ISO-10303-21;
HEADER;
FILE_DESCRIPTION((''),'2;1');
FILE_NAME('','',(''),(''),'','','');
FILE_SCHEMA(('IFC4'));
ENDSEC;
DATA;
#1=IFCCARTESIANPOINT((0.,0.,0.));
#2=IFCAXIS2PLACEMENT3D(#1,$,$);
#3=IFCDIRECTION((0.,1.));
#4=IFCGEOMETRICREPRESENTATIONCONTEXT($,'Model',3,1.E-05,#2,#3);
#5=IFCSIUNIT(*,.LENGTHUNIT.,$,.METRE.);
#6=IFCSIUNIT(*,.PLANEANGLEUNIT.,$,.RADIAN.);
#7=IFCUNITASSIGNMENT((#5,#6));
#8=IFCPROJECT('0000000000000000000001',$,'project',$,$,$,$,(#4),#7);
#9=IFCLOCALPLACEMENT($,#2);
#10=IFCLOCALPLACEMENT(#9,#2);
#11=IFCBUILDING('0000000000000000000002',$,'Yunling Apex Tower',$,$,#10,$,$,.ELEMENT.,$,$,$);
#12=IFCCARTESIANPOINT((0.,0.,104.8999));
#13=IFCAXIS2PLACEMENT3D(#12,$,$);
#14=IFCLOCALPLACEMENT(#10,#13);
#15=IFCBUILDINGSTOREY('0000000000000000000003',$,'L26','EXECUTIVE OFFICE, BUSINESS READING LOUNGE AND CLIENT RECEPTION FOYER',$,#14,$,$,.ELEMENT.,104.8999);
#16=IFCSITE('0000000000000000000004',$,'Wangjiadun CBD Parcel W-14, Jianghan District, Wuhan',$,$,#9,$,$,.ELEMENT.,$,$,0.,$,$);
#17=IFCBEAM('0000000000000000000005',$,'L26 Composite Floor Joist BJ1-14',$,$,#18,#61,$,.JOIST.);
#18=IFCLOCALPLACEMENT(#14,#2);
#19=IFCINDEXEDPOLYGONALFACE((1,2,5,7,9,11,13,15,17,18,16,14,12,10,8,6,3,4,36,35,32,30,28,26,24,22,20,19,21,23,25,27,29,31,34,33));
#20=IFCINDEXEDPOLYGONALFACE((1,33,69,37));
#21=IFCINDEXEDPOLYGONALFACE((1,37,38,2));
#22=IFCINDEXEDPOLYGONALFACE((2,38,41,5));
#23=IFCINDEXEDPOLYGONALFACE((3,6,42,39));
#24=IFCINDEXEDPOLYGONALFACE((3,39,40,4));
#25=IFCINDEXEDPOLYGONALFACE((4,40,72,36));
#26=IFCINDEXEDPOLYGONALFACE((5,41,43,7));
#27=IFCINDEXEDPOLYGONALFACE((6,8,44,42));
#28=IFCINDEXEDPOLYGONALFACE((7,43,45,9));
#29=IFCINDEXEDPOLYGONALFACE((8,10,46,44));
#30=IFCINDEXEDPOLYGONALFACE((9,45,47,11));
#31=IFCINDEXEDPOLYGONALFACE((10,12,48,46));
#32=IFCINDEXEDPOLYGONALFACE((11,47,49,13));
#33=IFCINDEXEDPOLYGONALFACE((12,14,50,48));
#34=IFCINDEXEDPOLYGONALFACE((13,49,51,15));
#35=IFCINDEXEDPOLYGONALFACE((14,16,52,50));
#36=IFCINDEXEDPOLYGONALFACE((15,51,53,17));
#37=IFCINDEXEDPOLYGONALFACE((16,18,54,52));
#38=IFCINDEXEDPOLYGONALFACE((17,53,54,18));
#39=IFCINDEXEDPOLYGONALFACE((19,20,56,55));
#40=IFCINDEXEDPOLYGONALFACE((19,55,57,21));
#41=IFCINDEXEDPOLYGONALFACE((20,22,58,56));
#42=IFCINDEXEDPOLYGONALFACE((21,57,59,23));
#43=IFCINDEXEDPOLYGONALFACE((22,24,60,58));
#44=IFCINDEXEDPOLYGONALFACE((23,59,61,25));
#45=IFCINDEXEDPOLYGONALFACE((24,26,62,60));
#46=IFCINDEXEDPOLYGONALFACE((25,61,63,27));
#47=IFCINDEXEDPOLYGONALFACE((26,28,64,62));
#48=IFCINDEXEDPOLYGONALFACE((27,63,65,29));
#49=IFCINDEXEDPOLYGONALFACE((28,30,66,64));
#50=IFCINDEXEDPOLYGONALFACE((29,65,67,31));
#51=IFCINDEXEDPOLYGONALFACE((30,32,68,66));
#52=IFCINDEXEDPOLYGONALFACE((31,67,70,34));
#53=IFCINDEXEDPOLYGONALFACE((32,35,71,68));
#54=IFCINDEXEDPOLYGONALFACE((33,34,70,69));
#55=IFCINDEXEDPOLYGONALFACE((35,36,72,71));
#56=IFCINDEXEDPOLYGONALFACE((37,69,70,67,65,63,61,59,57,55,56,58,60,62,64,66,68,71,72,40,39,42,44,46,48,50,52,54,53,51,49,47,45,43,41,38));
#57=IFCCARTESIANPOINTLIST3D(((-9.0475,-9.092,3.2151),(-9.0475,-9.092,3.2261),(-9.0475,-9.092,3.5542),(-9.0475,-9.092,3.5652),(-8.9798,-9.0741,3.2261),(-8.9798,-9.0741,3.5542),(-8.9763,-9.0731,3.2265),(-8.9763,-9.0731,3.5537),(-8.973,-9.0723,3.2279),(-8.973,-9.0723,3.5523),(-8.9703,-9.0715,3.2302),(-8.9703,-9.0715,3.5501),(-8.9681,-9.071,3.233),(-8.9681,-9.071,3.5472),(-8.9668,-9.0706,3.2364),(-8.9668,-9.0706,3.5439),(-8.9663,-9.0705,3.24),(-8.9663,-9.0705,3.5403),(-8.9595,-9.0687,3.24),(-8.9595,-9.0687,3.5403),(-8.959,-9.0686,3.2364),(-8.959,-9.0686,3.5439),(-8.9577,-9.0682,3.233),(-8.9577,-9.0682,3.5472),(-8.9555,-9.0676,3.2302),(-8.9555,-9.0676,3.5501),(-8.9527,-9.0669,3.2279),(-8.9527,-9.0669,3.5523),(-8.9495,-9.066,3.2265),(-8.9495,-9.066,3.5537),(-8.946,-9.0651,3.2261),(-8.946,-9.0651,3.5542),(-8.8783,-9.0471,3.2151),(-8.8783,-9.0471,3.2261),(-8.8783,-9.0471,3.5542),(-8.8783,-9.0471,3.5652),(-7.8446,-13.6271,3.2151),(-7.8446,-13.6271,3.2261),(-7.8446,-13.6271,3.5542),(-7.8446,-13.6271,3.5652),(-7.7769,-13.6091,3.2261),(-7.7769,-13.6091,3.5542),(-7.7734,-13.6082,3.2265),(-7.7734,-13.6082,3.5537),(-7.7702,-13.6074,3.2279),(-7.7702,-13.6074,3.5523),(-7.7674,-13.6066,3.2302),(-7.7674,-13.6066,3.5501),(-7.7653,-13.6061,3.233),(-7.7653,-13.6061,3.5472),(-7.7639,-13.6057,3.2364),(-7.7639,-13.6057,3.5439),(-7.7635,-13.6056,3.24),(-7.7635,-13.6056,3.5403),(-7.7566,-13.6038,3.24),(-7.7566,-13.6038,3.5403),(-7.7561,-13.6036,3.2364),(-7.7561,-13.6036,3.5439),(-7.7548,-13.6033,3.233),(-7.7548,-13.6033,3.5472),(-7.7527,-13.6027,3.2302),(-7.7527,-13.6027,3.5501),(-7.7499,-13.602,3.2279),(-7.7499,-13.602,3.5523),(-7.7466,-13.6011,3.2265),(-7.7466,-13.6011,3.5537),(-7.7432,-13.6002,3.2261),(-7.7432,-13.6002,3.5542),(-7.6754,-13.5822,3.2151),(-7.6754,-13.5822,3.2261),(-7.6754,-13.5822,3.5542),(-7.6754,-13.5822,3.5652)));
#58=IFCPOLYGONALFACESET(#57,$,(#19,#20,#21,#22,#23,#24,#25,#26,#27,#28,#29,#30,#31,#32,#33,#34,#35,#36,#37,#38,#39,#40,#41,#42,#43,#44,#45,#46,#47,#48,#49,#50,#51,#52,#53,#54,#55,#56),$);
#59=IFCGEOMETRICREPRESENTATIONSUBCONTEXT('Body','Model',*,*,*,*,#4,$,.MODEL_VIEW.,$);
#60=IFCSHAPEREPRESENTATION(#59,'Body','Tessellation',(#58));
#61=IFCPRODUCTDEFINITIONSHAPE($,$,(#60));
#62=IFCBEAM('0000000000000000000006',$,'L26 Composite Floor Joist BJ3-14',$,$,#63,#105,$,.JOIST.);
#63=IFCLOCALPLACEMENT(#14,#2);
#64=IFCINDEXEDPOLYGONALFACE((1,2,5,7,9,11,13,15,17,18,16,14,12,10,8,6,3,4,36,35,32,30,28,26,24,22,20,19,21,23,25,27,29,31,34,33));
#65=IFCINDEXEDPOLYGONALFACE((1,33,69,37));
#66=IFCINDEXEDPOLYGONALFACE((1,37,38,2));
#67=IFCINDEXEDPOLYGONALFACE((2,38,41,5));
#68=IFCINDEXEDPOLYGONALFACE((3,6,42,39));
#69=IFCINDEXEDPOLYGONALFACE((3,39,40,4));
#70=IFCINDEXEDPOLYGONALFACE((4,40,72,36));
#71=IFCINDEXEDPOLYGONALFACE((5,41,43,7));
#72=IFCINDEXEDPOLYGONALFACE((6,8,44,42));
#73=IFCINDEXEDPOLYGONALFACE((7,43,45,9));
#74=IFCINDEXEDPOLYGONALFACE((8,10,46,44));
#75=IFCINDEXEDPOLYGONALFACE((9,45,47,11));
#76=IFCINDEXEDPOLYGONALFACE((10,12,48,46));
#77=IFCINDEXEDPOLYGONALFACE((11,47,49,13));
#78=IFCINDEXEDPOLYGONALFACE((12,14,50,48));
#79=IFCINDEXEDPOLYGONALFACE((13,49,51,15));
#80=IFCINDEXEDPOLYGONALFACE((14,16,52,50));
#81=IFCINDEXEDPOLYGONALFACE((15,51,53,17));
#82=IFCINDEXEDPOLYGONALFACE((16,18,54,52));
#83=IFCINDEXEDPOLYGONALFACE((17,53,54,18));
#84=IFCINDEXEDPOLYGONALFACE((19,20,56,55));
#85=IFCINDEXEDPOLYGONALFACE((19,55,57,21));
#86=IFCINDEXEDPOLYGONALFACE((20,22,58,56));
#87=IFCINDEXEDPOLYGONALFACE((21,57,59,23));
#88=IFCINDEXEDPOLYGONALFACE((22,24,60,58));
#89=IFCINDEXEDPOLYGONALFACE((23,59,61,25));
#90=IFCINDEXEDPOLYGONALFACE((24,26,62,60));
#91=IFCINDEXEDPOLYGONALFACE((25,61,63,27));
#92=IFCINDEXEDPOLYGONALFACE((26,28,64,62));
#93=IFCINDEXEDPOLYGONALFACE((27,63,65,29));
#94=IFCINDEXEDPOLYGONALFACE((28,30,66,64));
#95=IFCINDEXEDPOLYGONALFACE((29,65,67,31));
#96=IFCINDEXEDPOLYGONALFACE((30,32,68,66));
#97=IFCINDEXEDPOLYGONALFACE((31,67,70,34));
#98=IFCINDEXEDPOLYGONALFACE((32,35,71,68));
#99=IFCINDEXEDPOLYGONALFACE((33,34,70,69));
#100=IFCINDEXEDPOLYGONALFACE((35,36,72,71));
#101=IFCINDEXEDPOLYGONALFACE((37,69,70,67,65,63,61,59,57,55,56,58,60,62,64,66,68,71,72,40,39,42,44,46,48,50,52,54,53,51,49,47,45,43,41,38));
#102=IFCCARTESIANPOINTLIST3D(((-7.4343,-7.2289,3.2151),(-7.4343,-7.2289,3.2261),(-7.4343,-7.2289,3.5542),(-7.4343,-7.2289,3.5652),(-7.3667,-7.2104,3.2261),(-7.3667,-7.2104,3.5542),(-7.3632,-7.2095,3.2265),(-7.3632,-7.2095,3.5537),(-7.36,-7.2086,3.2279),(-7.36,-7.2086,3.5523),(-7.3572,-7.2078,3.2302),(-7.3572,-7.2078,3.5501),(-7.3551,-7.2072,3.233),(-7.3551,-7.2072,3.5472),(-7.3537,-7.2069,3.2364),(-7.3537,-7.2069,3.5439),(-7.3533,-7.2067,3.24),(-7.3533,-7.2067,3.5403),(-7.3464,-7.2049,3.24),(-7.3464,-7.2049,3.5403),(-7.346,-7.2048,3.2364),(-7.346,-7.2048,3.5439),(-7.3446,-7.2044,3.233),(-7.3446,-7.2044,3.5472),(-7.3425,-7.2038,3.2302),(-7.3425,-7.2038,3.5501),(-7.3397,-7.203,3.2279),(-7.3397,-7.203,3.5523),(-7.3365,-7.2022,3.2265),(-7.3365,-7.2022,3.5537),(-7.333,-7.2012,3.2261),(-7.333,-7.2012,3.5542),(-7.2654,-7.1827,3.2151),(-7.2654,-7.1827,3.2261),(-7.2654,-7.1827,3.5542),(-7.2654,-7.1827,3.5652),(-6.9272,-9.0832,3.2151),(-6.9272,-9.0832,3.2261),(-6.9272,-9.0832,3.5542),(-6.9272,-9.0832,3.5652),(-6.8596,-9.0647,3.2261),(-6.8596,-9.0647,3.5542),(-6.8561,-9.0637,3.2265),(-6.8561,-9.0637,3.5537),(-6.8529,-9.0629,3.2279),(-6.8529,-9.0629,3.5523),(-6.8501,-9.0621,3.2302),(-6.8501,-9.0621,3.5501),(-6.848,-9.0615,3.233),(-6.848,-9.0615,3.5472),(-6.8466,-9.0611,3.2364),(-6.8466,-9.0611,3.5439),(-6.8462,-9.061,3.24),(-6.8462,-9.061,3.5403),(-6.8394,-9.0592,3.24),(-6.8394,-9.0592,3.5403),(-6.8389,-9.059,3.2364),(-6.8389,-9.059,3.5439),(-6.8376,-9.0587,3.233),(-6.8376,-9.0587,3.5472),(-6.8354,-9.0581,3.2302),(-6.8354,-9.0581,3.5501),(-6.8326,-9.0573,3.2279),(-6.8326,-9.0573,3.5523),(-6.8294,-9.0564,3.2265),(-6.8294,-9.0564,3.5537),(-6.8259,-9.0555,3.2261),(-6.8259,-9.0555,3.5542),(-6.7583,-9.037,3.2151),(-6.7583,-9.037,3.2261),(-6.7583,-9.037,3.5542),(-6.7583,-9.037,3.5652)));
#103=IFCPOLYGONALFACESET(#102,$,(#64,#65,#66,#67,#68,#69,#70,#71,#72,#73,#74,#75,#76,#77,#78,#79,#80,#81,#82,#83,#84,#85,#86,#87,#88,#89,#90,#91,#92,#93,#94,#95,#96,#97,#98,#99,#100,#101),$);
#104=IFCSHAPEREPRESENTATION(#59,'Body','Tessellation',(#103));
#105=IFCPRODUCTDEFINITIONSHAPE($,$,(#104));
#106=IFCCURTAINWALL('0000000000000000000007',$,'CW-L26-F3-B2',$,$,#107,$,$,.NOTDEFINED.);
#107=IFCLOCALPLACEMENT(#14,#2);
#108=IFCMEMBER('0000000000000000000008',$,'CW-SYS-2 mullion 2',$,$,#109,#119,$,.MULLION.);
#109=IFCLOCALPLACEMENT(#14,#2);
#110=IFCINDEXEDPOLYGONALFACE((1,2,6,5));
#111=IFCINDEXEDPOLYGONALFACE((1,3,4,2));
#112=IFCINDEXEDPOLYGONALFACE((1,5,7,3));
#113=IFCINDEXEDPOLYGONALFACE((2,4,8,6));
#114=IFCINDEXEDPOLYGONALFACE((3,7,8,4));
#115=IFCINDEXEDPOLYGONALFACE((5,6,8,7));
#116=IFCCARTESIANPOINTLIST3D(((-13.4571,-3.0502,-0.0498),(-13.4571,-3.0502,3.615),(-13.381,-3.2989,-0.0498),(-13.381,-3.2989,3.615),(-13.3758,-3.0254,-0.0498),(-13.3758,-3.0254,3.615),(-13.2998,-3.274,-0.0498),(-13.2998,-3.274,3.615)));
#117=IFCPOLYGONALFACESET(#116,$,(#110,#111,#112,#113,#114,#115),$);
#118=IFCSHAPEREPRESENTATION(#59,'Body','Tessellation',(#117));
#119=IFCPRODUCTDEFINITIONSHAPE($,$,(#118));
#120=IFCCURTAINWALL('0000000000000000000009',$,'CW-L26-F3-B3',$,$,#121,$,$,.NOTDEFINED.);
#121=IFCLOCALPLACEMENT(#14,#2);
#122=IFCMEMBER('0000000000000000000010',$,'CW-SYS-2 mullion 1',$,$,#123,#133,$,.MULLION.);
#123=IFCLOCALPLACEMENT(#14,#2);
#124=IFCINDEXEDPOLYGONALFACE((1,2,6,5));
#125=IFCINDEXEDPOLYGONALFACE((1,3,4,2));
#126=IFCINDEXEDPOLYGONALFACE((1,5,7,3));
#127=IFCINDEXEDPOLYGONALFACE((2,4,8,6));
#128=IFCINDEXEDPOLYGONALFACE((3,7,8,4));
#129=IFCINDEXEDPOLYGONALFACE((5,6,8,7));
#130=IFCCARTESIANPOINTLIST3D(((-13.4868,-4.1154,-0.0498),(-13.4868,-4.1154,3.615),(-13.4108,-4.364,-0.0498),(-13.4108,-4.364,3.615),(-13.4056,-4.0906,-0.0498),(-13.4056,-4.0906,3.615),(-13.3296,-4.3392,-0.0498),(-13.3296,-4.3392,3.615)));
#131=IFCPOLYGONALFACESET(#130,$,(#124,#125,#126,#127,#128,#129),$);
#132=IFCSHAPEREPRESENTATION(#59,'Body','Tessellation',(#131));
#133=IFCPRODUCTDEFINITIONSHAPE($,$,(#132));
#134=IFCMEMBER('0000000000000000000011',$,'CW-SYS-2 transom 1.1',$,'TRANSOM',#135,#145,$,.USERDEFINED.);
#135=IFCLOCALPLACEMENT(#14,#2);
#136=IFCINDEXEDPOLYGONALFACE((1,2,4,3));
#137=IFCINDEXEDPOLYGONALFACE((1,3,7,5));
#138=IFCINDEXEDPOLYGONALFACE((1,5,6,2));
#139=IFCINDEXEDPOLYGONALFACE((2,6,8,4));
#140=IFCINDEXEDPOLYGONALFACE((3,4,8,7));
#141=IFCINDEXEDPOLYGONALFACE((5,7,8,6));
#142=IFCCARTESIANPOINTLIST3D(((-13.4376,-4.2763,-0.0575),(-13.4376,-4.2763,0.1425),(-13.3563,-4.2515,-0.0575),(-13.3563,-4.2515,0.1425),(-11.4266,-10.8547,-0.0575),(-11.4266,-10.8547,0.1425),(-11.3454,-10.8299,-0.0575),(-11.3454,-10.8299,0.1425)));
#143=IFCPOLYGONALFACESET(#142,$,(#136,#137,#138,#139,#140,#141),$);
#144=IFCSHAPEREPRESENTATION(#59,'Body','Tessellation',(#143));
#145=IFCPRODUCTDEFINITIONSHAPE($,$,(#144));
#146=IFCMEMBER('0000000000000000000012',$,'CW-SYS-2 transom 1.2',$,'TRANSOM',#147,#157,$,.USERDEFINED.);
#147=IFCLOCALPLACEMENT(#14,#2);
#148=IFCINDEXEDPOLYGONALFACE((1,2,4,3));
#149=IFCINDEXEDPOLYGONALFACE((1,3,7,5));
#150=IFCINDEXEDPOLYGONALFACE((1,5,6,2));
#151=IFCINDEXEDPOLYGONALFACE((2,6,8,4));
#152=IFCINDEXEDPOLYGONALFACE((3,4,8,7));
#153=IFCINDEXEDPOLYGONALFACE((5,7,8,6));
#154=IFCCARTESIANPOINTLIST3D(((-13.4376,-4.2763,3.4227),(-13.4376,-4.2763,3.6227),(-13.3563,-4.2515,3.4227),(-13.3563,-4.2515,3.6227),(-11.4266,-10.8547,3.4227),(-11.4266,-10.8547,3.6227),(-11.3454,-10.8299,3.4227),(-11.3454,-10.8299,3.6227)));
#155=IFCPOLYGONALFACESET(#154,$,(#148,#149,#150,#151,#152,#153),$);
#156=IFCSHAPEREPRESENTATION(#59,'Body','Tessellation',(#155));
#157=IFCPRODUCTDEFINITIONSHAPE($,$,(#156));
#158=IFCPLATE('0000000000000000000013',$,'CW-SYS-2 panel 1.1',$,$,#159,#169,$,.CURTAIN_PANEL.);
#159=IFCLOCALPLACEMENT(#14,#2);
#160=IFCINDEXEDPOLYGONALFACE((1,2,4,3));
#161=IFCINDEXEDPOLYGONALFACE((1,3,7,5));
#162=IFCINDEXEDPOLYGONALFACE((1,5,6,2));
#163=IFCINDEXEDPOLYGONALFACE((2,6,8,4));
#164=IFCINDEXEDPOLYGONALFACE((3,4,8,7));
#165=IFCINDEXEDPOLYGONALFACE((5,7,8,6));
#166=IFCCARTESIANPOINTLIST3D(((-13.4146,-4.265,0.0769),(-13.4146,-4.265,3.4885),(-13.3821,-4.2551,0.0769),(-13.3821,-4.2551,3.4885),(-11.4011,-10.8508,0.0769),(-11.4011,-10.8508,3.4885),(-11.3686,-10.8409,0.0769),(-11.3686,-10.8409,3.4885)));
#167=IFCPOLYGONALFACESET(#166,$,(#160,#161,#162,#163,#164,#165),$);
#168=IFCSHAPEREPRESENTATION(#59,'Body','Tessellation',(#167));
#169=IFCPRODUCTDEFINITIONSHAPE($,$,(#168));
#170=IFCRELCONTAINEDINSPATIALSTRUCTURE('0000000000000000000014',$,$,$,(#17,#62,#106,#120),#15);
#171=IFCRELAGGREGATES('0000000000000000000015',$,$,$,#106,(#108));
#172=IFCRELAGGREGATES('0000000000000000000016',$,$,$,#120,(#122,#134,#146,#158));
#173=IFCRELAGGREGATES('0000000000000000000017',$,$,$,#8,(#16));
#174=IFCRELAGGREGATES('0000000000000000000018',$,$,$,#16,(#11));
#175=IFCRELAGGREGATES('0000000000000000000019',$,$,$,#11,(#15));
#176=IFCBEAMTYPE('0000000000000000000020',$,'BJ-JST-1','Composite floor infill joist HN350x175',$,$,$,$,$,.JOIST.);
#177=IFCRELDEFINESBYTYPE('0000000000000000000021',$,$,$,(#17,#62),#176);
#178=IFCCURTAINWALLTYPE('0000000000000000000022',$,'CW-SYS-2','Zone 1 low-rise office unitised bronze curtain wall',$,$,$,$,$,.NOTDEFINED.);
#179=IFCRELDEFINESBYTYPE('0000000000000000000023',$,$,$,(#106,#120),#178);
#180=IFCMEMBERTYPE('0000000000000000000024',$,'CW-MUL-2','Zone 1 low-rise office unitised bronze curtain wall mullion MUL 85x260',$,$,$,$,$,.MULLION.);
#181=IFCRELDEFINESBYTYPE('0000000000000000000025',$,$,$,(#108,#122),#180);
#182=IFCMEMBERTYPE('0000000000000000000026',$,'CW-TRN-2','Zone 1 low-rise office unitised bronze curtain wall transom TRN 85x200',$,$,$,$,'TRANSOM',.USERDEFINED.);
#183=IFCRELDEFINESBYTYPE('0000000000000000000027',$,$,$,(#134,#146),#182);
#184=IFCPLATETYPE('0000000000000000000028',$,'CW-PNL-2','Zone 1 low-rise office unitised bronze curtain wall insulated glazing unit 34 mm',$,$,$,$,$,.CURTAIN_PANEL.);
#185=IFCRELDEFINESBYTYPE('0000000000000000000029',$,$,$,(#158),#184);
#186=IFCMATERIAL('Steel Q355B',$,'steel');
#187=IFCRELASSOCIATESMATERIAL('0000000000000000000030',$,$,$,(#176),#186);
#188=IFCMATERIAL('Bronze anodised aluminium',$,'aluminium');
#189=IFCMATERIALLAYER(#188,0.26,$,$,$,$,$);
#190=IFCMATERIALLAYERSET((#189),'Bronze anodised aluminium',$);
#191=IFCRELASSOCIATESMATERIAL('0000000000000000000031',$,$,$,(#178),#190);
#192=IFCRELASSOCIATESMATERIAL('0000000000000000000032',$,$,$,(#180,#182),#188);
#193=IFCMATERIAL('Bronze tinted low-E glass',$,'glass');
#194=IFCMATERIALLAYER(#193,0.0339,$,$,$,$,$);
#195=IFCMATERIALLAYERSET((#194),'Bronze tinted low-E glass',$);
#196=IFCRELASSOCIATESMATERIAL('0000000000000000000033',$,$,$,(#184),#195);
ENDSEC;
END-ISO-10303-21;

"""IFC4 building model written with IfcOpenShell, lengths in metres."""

from ifc_helpers import new_model, si_unit, direction, frame, origin, origin_2d, place, context, subcontext, project, spatial, rectangle, i_section, extrude, source, transform, mapped, material, layer, layer_set, material_profile, profile_set, type_object, element, aggregate, save


model = new_model("IFC4")

# Units and contexts
model_context = context("Model", 3, precision=1e-05, world=origin(), true_north=direction((0.0, 1.0)))
body_context = subcontext(model_context, "Body", "Model", "MODEL_VIEW")
ifc_project = project(units=[si_unit("LENGTHUNIT", "METRE"), si_unit("PLANEANGLEUNIT", "RADIAN")], contexts=[model_context])

# Site, building, storey
site_placement = place(None, origin())
site = spatial("IfcSite", under=ifc_project, at=site_placement, Name="Wangjiadun CBD Parcel W-14, Jianghan District, Wuhan", CompositionType="ELEMENT", RefElevation=0.0)
building_placement = place(site_placement, origin())
building = spatial("IfcBuilding", under=site, at=building_placement, Name="Yunling Apex Tower", CompositionType="ELEMENT")
storey_placement = place(building_placement, frame((0.0, 0.0, 104.8999)))
storey = spatial("IfcBuildingStorey", under=building, at=storey_placement, Name="L26", Description="EXECUTIVE OFFICE, BUSINESS READING LOUNGE AND CLIENT RECEPTION FOYER", CompositionType="ELEMENT", Elevation=104.8999)

# Beams
ifc_material_1 = material(Name="Steel Q355B", Category="steel")
ifc_material_profile_1 = material_profile(ifc_material_1, i_section(OverallWidth=0.175, OverallDepth=0.3501, WebThickness=0.0071, FlangeThickness=0.011, FilletRadius=0.0139, at=origin_2d()))
ifc_profile_set_1 = profile_set([ifc_material_profile_1], Name="Steel Q355B")
beam_type_1 = type_object("IfcBeamType", Name="BJ-JST-1", Description="Composite floor infill joist HN350x175", PredefinedType="JOIST", material=ifc_profile_set_1)
shared_shape_1 = source(origin(), body_context, "Body", "SweptSolid", [
    extrude(i_section(OverallWidth=0.175, OverallDepth=0.3501, WebThickness=0.0071, FlangeThickness=0.011, FilletRadius=0.0139, at=origin_2d()), origin(), (0.0, 0.0, 1.0), 4.6919),
])
beam_1_placement = place(storey_placement, frame((-8.9629, -9.0696, 3.3901), z_axis=(0.25637, -0.966579, 0.0), x_axis=(0.966579, 0.25637, 0.0)))
element("IfcBeam", 1, at=beam_1_placement, inside=storey, type_object=beam_type_1, Name="L26 Composite Floor Joist BJ1-14", PredefinedType="JOIST", context=body_context, shape_type="MappedRepresentation", body=[
    mapped(shared_shape_1, transform((0.0, 0.0, 0.0), scale=1.0)),
])
shared_shape_2 = source(origin(), body_context, "Body", "SweptSolid", [
    extrude(i_section(OverallWidth=0.175, OverallDepth=0.3501, WebThickness=0.0071, FlangeThickness=0.011, FilletRadius=0.0139, at=origin_2d()), origin(), (0.0, 0.0, 1.0), 1.9224),
])
beam_2_placement = place(storey_placement, frame((-7.3499, -7.2058, 3.3901), z_axis=(0.263784, -0.964582, 0.0), x_axis=(0.964582, 0.263784, 0.0)))
element("IfcBeam", 2, at=beam_2_placement, inside=storey, type_object=beam_type_1, Name="L26 Composite Floor Joist BJ3-14", PredefinedType="JOIST", context=body_context, shape_type="MappedRepresentation", body=[
    mapped(shared_shape_2, transform((0.0, 0.0, 0.0), scale=1.0)),
])

# Curtain wall, member
ifc_material_2 = material(Name="Bronze anodised aluminium", Category="aluminium")
ifc_layer_1 = layer(ifc_material_2, 0.26)
ifc_layer_set_1 = layer_set([ifc_layer_1], Name="Bronze anodised aluminium")
curtain_wall_type = type_object("IfcCurtainWallType", Name="CW-SYS-2", Description="Zone 1 low-rise office unitised bronze curtain wall", PredefinedType="NOTDEFINED", material=ifc_layer_set_1)
curtain_wall_1_placement = place(storey_placement, origin())
curtain_wall_1 = element("IfcCurtainWall", 3, at=curtain_wall_1_placement, inside=storey, type_object=curtain_wall_type, Name="CW-L26-F3-B2", PredefinedType="NOTDEFINED")
ifc_material_profile_2 = material_profile(ifc_material_2, rectangle(XDim=0.085, YDim=0.26, at=origin_2d()))
ifc_profile_set_2 = profile_set([ifc_material_profile_2], Name="Bronze anodised aluminium")
member_type_1 = type_object("IfcMemberType", Name="CW-MUL-2", Description="Zone 1 low-rise office unitised bronze curtain wall mullion MUL 85x260", PredefinedType="MULLION", material=ifc_profile_set_2)
shared_shape_3 = source(origin(), body_context, "Body", "SweptSolid", [
    extrude(rectangle(XDim=0.085, YDim=0.26, at=origin_2d()), origin(), (0.0, 0.0, 1.0), 3.6648),
])
member_1_placement = place(storey_placement, frame((-13.3784, -3.1621, -0.0498), z_axis=(0.0, 0.0, 1.0), x_axis=(0.956307, 0.292364, 0.0)))
member_1 = element("IfcMember", 4, at=member_1_placement, type_object=member_type_1, Name="CW-SYS-2 mullion 2", PredefinedType="MULLION", context=body_context, shape_type="MappedRepresentation", body=[
    mapped(shared_shape_3, transform((0.0, 0.0, 0.0), scale=1.0)),
])
aggregate(curtain_wall_1, [member_1])

# Curtain wall, members, plate
curtain_wall_2_placement = place(storey_placement, origin())
curtain_wall_2 = element("IfcCurtainWall", 5, at=curtain_wall_2_placement, inside=storey, type_object=curtain_wall_type, Name="CW-L26-F3-B3", PredefinedType="NOTDEFINED")
member_2_placement = place(storey_placement, frame((-13.4082, -4.2273, -0.0498), z_axis=(0.0, 0.0, 1.0), x_axis=(0.956304, 0.292373, 0.0)))
member_2 = element("IfcMember", 6, at=member_2_placement, type_object=member_type_1, Name="CW-SYS-2 mullion 1", PredefinedType="MULLION", context=body_context, shape_type="MappedRepresentation", body=[
    mapped(shared_shape_3, transform((0.0, 0.0, 0.0), scale=1.0)),
])
ifc_material_profile_3 = material_profile(ifc_material_2, rectangle(XDim=0.085, YDim=0.2, at=origin_2d()))
ifc_profile_set_3 = profile_set([ifc_material_profile_3], Name="Bronze anodised aluminium")
member_type_2 = type_object("IfcMemberType", Name="CW-TRN-2", Description="Zone 1 low-rise office unitised bronze curtain wall transom TRN 85x200", ElementType="TRANSOM", PredefinedType="USERDEFINED", material=ifc_profile_set_3)
shared_shape_4 = source(origin(), body_context, "Body", "SweptSolid", [
    extrude(rectangle(XDim=0.085, YDim=0.2, at=origin_2d()), origin(), (0.0, 0.0, 1.0), 6.8789),
])
member_3_placement = place(storey_placement, frame((-13.397, -4.2639, 0.0425), z_axis=(0.292342, -0.956314, 0.0), x_axis=(0.956314, 0.292342, 0.0)))
member_3 = element("IfcMember", 7, at=member_3_placement, type_object=member_type_2, Name="CW-SYS-2 transom 1.1", ObjectType="TRANSOM", PredefinedType="USERDEFINED", context=body_context, shape_type="MappedRepresentation", body=[
    mapped(shared_shape_4, transform((0.0, 0.0, 0.0), scale=1.0)),
])
member_4_placement = place(storey_placement, frame((-13.397, -4.2639, 3.5227), z_axis=(0.292342, -0.956314, 0.0), x_axis=(0.956314, 0.292342, 0.0)))
member_4 = element("IfcMember", 8, at=member_4_placement, type_object=member_type_2, Name="CW-SYS-2 transom 1.2", ObjectType="TRANSOM", PredefinedType="USERDEFINED", context=body_context, shape_type="MappedRepresentation", body=[
    mapped(shared_shape_4, transform((0.0, 0.0, 0.0), scale=1.0)),
])
ifc_material_3 = material(Name="Bronze tinted low-E glass", Category="glass")
ifc_layer_2 = layer(ifc_material_3, 0.0339)
ifc_layer_set_2 = layer_set([ifc_layer_2], Name="Bronze tinted low-E glass")
plate_type = type_object("IfcPlateType", Name="CW-PNL-2", Description="Zone 1 low-rise office unitised bronze curtain wall insulated glazing unit 34 mm", PredefinedType="CURTAIN_PANEL", material=ifc_layer_set_2)
shared_shape_5 = source(origin(), body_context, "Body", "SweptSolid", [
    extrude(rectangle(XDim=6.8867, YDim=0.0339, at=origin_2d()), origin(), (0.0, 0.0, 1.0), 3.4116),
])
plate_placement = place(storey_placement, frame((-12.3916, -7.553, 0.0769), z_axis=(0.0, 0.0, 1.0), x_axis=(0.292373, -0.956304, 0.0)))
plate = element("IfcPlate", 9, at=plate_placement, type_object=plate_type, Name="CW-SYS-2 panel 1.1", PredefinedType="CURTAIN_PANEL", context=body_context, shape_type="MappedRepresentation", body=[
    mapped(shared_shape_5, transform((0.0, 0.0, 0.0), scale=1.0)),
])
aggregate(curtain_wall_2, [member_2, member_3, member_4, plate])

save(model, "model.ifc")
